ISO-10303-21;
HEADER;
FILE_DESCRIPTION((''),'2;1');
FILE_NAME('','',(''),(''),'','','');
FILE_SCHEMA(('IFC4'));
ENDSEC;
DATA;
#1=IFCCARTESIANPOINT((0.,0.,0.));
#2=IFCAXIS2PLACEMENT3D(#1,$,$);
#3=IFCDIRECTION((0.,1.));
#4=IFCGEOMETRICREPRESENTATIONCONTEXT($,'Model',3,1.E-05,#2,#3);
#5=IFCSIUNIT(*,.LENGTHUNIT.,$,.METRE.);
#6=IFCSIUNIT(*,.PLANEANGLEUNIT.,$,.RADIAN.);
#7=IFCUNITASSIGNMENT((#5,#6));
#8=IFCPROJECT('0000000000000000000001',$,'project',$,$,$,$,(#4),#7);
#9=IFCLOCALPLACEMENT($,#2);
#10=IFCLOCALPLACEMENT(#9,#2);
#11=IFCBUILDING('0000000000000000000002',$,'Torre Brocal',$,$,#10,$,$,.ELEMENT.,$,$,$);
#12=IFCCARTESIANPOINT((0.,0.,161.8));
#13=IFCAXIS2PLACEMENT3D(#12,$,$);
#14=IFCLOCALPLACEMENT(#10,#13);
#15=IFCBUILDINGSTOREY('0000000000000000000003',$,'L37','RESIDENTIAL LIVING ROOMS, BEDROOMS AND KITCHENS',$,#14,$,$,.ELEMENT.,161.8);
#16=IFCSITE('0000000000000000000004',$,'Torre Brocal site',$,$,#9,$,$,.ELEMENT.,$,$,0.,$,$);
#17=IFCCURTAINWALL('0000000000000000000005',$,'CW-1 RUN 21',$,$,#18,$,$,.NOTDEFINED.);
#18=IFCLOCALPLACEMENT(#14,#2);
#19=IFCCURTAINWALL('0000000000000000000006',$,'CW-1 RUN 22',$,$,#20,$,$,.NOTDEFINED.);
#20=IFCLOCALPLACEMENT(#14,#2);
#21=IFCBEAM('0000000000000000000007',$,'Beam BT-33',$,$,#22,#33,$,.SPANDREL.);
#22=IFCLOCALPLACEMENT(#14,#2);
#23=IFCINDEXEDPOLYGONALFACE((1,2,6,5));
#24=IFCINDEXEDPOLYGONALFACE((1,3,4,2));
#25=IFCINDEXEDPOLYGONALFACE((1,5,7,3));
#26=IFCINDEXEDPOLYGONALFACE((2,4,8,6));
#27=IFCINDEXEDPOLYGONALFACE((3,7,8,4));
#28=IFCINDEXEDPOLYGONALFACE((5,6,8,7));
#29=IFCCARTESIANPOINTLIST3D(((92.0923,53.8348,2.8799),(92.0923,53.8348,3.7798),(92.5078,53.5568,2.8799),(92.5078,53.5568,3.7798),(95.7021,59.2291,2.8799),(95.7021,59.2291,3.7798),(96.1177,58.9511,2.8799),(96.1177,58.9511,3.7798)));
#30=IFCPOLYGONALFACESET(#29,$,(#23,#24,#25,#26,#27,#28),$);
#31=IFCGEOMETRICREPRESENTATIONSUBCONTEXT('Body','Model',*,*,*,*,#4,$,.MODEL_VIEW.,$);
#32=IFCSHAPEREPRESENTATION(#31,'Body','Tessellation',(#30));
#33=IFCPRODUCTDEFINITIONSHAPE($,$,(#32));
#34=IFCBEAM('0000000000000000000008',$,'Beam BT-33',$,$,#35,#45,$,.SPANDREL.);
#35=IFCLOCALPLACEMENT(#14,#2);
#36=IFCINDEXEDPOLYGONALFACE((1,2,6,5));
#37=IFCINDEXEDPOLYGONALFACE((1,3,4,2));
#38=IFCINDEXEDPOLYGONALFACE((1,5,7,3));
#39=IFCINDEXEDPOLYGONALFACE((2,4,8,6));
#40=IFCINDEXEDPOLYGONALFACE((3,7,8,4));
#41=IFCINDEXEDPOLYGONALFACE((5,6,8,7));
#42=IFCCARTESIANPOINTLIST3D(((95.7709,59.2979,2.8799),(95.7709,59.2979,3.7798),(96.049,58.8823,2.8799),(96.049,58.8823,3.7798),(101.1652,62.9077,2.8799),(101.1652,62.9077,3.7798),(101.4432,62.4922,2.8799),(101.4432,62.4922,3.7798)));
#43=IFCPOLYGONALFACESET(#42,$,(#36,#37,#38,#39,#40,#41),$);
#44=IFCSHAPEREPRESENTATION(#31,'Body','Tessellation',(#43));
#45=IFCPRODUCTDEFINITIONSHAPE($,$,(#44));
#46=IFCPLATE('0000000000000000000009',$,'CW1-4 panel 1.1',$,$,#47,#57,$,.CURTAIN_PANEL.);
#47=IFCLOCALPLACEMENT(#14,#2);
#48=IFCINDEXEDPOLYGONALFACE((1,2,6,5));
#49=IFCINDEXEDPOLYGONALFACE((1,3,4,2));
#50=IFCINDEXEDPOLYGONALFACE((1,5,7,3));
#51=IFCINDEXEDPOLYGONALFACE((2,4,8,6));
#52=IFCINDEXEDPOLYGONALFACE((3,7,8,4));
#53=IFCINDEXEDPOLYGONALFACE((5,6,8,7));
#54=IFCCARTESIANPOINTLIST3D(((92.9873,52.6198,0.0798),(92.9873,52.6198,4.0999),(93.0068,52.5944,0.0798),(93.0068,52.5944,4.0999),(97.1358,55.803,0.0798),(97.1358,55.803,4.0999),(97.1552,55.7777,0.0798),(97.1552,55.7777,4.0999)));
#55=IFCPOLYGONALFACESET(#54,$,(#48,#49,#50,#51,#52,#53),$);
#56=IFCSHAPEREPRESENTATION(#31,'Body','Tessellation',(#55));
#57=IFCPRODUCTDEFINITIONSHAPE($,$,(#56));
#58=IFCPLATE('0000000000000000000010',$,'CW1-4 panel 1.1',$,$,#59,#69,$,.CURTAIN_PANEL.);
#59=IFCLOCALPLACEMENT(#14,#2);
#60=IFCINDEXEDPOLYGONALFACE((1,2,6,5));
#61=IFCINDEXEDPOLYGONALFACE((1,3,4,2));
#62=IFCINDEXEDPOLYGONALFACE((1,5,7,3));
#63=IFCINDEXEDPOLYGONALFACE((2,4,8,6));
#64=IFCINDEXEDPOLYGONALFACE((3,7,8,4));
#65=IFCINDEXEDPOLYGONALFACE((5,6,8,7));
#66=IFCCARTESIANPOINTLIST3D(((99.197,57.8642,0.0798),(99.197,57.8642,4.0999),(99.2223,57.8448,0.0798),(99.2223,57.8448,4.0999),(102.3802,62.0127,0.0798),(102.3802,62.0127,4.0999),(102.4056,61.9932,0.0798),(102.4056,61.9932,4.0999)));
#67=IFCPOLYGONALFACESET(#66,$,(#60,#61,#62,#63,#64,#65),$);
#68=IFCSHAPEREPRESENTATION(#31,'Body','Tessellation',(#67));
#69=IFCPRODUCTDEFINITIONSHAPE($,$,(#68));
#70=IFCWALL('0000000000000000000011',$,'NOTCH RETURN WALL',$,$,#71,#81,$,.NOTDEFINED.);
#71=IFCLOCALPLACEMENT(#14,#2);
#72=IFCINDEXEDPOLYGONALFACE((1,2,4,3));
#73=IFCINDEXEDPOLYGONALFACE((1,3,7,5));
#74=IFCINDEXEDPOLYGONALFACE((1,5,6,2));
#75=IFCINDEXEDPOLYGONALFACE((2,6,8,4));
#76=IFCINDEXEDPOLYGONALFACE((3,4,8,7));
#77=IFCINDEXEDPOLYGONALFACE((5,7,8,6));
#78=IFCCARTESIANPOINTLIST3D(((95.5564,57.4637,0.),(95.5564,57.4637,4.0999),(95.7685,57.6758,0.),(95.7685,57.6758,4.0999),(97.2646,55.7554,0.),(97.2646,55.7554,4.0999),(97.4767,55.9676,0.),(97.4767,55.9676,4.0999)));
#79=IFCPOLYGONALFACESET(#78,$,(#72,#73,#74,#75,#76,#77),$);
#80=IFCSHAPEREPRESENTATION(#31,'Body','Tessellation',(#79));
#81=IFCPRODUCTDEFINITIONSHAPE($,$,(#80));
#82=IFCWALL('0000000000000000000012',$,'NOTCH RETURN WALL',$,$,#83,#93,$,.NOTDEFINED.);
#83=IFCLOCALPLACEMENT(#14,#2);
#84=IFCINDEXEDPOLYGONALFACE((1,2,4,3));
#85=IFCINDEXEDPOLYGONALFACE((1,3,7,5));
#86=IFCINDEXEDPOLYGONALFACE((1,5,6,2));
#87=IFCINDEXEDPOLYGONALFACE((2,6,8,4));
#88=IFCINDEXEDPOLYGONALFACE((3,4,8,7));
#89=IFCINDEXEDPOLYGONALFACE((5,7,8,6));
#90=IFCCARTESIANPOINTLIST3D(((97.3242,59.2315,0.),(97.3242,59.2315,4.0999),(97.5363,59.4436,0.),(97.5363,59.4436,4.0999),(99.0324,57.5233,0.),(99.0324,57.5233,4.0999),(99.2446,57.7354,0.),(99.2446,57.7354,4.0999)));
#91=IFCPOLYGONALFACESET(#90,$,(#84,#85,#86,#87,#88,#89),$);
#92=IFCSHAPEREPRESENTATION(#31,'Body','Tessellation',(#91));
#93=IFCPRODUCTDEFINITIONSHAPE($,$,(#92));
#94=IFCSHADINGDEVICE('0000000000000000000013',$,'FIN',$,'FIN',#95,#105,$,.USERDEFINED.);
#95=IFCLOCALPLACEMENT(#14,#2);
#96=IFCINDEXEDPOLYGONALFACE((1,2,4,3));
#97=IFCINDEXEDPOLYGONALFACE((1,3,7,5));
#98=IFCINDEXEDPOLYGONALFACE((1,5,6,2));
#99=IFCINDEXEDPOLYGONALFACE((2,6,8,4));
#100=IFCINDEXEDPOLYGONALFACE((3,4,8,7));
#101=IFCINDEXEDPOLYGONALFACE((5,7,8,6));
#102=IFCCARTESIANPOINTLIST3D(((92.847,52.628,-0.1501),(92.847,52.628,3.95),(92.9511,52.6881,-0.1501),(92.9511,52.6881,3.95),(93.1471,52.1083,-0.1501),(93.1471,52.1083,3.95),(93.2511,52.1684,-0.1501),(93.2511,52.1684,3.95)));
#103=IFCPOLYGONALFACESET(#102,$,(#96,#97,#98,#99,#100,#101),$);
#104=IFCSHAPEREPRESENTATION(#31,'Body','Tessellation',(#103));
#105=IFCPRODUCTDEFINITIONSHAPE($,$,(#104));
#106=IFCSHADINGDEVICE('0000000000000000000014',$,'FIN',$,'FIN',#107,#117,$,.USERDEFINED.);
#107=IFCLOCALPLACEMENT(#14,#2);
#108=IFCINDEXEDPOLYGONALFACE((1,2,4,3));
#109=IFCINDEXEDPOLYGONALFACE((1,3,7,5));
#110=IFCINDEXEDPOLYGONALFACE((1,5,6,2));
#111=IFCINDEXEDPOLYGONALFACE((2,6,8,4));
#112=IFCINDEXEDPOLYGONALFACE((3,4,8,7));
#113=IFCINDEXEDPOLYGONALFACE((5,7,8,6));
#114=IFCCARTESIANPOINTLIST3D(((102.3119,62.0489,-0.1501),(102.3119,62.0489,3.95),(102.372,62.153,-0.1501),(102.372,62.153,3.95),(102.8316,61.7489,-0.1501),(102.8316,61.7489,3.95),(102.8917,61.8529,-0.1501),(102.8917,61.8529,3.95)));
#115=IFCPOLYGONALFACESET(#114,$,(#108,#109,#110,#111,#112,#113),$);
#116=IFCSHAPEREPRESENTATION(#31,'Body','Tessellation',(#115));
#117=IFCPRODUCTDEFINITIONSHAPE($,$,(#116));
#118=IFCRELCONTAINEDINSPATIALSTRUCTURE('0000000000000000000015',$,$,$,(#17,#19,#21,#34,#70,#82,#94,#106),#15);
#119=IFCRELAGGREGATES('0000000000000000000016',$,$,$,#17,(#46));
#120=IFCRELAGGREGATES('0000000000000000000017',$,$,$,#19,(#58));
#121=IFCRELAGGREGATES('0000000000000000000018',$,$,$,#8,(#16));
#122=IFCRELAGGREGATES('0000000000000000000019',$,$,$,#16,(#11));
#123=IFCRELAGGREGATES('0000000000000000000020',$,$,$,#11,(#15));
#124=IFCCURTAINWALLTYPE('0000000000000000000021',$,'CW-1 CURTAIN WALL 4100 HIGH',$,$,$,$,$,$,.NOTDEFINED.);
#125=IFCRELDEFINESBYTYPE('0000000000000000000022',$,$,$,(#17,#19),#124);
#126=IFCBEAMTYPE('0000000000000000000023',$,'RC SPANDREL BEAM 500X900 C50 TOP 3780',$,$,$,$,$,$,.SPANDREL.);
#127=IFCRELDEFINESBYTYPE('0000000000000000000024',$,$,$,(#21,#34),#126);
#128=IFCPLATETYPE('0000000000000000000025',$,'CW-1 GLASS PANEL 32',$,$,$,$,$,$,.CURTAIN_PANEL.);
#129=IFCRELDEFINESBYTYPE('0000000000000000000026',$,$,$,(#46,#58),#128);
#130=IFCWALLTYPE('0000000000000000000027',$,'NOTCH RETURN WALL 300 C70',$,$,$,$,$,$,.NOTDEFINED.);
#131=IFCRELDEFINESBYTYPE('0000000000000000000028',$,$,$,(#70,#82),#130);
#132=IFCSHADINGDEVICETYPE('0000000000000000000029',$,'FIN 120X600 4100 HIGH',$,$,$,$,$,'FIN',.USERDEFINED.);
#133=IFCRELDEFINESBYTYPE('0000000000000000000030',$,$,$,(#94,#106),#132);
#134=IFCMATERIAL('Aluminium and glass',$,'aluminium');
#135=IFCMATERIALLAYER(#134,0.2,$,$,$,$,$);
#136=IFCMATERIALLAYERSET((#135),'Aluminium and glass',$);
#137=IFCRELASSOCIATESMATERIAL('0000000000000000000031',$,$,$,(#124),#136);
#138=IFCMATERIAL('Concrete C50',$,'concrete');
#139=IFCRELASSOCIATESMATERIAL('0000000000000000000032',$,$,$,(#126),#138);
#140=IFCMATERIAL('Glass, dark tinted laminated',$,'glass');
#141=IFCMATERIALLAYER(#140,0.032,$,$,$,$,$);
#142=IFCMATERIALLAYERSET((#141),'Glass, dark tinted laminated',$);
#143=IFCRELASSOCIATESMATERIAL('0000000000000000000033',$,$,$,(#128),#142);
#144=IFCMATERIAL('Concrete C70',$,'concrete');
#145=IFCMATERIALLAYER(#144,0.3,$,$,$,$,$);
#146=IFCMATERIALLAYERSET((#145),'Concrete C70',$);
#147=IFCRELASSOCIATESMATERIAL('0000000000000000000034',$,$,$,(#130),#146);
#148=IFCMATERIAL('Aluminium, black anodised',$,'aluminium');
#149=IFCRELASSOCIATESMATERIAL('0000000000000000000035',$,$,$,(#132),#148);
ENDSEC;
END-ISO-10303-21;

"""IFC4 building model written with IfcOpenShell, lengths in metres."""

from ifc_helpers import new_model, si_unit, direction, frame, frame_2d, origin, origin_2d, place, context, subcontext, project, spatial, rectangle, extrude, material, layer, layer_set, material_profile, profile_set, type_object, element, aggregate, save


model = new_model("IFC4")

# Units and contexts
model_context = context("Model", 3, precision=1e-05, world=origin(), true_north=direction((0.0, 1.0)))
body_context = subcontext(model_context, "Body", "Model", "MODEL_VIEW")
ifc_project = project(units=[si_unit("LENGTHUNIT", "METRE"), si_unit("PLANEANGLEUNIT", "RADIAN")], contexts=[model_context])

# Site, building, storey
site_placement = place(None, origin())
site = spatial("IfcSite", under=ifc_project, at=site_placement, Name="Torre Brocal site", CompositionType="ELEMENT", RefElevation=0.0)
building_placement = place(site_placement, origin())
building = spatial("IfcBuilding", under=site, at=building_placement, Name="Torre Brocal", CompositionType="ELEMENT")
storey_placement = place(building_placement, frame((0.0, 0.0, 161.8)))
storey = spatial("IfcBuildingStorey", under=building, at=storey_placement, Name="L37", Description="RESIDENTIAL LIVING ROOMS, BEDROOMS AND KITCHENS", CompositionType="ELEMENT", Elevation=161.8)

# Shared definitions
ifc_material_1 = material(Name="Aluminium and glass", Category="aluminium")
ifc_layer_1 = layer(ifc_material_1, 0.2)
ifc_layer_set_1 = layer_set([ifc_layer_1], Name="Aluminium and glass")
curtain_wall_type = type_object("IfcCurtainWallType", Name="CW-1 CURTAIN WALL 4100 HIGH", PredefinedType="NOTDEFINED", material=ifc_layer_set_1)

# Curtain walls
curtain_wall_1_placement = place(storey_placement, origin())
curtain_wall_1 = element("IfcCurtainWall", 1, at=curtain_wall_1_placement, inside=storey, type_object=curtain_wall_type, Name="CW-1 RUN 21", PredefinedType="NOTDEFINED")
curtain_wall_2_placement = place(storey_placement, origin())
curtain_wall_2 = element("IfcCurtainWall", 2, at=curtain_wall_2_placement, inside=storey, type_object=curtain_wall_type, Name="CW-1 RUN 22", PredefinedType="NOTDEFINED")

# Beams
ifc_material_2 = material(Name="Concrete C50", Category="concrete")
ifc_material_profile_1 = material_profile(ifc_material_2, rectangle(XDim=0.5, YDim=0.8999, at=origin_2d()), Name="RC 500X900")
ifc_profile_set_1 = profile_set([ifc_material_profile_1], Name="Concrete C50")
beam_type_1 = type_object("IfcBeamType", Name="RC SPANDREL BEAM 500X900 C50 TOP 3780", PredefinedType="SPANDREL", material=ifc_profile_set_1)
for number, where, z_axis, x_axis, name in (
    (3, (92.3, 53.6958, 3.3298), (0.556158, 0.831077, 0.0), (-0.831077, 0.556158, 0.0), "Beam BT-33"),
    (4, (95.9099, 59.0901, 3.3298), (0.831077, 0.556158, 0.0), (-0.556158, 0.831077, 0.0), "Beam BT-33"),
):
    element("IfcBeam", number, at=place(storey_placement, frame(where, z_axis=z_axis, x_axis=x_axis)), inside=storey, type_object=beam_type_1, Name=name, PredefinedType="SPANDREL", context=body_context, shape_type="SweptSolid", body=[
        extrude(rectangle(XDim=0.5, YDim=0.8999, at=origin_2d()), origin(), (0.0, 0.0, 1.0), 6.4907),
    ])

# Plates
ifc_material_3 = material(Name="Glass, dark tinted laminated", Category="glass")
ifc_layer_2 = layer(ifc_material_3, 0.032)
ifc_layer_set_2 = layer_set([ifc_layer_2], Name="Glass, dark tinted laminated")
plate_type = type_object("IfcPlateType", Name="CW-1 GLASS PANEL 32", PredefinedType="CURTAIN_PANEL", material=ifc_layer_set_2)
plate_1_placement = place(storey_placement, frame((95.0713, 54.1987, 0.0798), z_axis=(0.0, 0.0, 1.0), x_axis=(0.793353, 0.608761, 0.0)))
plate_1 = element("IfcPlate", 5, at=plate_1_placement, type_object=plate_type, Name="CW1-4 panel 1.1", PredefinedType="CURTAIN_PANEL", context=body_context, shape_type="SweptSolid", body=[
    extrude(rectangle(XDim=5.229, YDim=0.032, at=origin_2d()), origin(), (0.0, 0.0, 1.0), 4.02),
])
aggregate(curtain_wall_1, [plate_1])
plate_2_placement = place(storey_placement, frame((100.8013, 59.9287, 0.0798), z_axis=(0.0, 0.0, 1.0), x_axis=(0.608761, 0.793353, 0.0)))
plate_2 = element("IfcPlate", 6, at=plate_2_placement, type_object=plate_type, Name="CW1-4 panel 1.1", PredefinedType="CURTAIN_PANEL", context=body_context, shape_type="SweptSolid", body=[
    extrude(rectangle(XDim=5.229, YDim=0.032, at=origin_2d()), origin(), (0.0, 0.0, 1.0), 4.02),
])
aggregate(curtain_wall_2, [plate_2])

# Walls
ifc_material_4 = material(Name="Concrete C70", Category="concrete")
ifc_layer_3 = layer(ifc_material_4, 0.3)
ifc_layer_set_3 = layer_set([ifc_layer_3], Name="Concrete C70")
wall_type = type_object("IfcWallType", Name="NOTCH RETURN WALL 300 C70", PredefinedType="NOTDEFINED", material=ifc_layer_set_3)
for number, where, z_axis, x_axis, name in (
    (7, (95.6624, 57.5698, 0.0), (0.0, 0.0, 1.0), (0.707107, -0.707107, 0.0), "NOTCH RETURN WALL"),
    (8, (97.4302, 59.3376, 0.0), (0.0, 0.0, 1.0), (0.707107, -0.707107, 0.0), "NOTCH RETURN WALL"),
):
    element("IfcWall", number, at=place(storey_placement, frame(where, z_axis=z_axis, x_axis=x_axis)), inside=storey, type_object=wall_type, Name=name, PredefinedType="NOTDEFINED", context=body_context, shape_type="SweptSolid", body=[
        extrude(rectangle(XDim=2.4158, YDim=0.3, at=frame_2d((1.208, 0.0))), origin(), (0.0, 0.0, 1.0), 4.0999),
    ])

# Shading devices
ifc_material_5 = material(Name="Aluminium, black anodised", Category="aluminium")
ifc_material_profile_2 = material_profile(ifc_material_5, rectangle(XDim=0.1201, YDim=0.6001, at=origin_2d()), Name="FIN 120X600 4100 HIGH")
ifc_profile_set_2 = profile_set([ifc_material_profile_2], Name="Aluminium, black anodised")
shading_device_type = type_object("IfcShadingDeviceType", Name="FIN 120X600 4100 HIGH", ElementType="FIN", PredefinedType="USERDEFINED", material=ifc_profile_set_2)
for number, where, z_axis, x_axis, name in (
    (9, (93.0491, 52.3982, -0.1501), (0.0, 0.0, 1.0), (0.866025, 0.5, 0.0), "FIN"),
    (10, (102.6018, 61.9509, -0.1501), (0.0, 0.0, 1.0), (0.5, 0.866025, 0.0), "FIN"),
):
    element("IfcShadingDevice", number, at=place(storey_placement, frame(where, z_axis=z_axis, x_axis=x_axis)), inside=storey, type_object=shading_device_type, Name=name, ObjectType="FIN", PredefinedType="USERDEFINED", context=body_context, shape_type="SweptSolid", body=[
        extrude(rectangle(XDim=0.1201, YDim=0.6001, at=origin_2d()), origin(), (0.0, 0.0, 1.0), 4.1001),
    ])

save(model, "model.ifc")
